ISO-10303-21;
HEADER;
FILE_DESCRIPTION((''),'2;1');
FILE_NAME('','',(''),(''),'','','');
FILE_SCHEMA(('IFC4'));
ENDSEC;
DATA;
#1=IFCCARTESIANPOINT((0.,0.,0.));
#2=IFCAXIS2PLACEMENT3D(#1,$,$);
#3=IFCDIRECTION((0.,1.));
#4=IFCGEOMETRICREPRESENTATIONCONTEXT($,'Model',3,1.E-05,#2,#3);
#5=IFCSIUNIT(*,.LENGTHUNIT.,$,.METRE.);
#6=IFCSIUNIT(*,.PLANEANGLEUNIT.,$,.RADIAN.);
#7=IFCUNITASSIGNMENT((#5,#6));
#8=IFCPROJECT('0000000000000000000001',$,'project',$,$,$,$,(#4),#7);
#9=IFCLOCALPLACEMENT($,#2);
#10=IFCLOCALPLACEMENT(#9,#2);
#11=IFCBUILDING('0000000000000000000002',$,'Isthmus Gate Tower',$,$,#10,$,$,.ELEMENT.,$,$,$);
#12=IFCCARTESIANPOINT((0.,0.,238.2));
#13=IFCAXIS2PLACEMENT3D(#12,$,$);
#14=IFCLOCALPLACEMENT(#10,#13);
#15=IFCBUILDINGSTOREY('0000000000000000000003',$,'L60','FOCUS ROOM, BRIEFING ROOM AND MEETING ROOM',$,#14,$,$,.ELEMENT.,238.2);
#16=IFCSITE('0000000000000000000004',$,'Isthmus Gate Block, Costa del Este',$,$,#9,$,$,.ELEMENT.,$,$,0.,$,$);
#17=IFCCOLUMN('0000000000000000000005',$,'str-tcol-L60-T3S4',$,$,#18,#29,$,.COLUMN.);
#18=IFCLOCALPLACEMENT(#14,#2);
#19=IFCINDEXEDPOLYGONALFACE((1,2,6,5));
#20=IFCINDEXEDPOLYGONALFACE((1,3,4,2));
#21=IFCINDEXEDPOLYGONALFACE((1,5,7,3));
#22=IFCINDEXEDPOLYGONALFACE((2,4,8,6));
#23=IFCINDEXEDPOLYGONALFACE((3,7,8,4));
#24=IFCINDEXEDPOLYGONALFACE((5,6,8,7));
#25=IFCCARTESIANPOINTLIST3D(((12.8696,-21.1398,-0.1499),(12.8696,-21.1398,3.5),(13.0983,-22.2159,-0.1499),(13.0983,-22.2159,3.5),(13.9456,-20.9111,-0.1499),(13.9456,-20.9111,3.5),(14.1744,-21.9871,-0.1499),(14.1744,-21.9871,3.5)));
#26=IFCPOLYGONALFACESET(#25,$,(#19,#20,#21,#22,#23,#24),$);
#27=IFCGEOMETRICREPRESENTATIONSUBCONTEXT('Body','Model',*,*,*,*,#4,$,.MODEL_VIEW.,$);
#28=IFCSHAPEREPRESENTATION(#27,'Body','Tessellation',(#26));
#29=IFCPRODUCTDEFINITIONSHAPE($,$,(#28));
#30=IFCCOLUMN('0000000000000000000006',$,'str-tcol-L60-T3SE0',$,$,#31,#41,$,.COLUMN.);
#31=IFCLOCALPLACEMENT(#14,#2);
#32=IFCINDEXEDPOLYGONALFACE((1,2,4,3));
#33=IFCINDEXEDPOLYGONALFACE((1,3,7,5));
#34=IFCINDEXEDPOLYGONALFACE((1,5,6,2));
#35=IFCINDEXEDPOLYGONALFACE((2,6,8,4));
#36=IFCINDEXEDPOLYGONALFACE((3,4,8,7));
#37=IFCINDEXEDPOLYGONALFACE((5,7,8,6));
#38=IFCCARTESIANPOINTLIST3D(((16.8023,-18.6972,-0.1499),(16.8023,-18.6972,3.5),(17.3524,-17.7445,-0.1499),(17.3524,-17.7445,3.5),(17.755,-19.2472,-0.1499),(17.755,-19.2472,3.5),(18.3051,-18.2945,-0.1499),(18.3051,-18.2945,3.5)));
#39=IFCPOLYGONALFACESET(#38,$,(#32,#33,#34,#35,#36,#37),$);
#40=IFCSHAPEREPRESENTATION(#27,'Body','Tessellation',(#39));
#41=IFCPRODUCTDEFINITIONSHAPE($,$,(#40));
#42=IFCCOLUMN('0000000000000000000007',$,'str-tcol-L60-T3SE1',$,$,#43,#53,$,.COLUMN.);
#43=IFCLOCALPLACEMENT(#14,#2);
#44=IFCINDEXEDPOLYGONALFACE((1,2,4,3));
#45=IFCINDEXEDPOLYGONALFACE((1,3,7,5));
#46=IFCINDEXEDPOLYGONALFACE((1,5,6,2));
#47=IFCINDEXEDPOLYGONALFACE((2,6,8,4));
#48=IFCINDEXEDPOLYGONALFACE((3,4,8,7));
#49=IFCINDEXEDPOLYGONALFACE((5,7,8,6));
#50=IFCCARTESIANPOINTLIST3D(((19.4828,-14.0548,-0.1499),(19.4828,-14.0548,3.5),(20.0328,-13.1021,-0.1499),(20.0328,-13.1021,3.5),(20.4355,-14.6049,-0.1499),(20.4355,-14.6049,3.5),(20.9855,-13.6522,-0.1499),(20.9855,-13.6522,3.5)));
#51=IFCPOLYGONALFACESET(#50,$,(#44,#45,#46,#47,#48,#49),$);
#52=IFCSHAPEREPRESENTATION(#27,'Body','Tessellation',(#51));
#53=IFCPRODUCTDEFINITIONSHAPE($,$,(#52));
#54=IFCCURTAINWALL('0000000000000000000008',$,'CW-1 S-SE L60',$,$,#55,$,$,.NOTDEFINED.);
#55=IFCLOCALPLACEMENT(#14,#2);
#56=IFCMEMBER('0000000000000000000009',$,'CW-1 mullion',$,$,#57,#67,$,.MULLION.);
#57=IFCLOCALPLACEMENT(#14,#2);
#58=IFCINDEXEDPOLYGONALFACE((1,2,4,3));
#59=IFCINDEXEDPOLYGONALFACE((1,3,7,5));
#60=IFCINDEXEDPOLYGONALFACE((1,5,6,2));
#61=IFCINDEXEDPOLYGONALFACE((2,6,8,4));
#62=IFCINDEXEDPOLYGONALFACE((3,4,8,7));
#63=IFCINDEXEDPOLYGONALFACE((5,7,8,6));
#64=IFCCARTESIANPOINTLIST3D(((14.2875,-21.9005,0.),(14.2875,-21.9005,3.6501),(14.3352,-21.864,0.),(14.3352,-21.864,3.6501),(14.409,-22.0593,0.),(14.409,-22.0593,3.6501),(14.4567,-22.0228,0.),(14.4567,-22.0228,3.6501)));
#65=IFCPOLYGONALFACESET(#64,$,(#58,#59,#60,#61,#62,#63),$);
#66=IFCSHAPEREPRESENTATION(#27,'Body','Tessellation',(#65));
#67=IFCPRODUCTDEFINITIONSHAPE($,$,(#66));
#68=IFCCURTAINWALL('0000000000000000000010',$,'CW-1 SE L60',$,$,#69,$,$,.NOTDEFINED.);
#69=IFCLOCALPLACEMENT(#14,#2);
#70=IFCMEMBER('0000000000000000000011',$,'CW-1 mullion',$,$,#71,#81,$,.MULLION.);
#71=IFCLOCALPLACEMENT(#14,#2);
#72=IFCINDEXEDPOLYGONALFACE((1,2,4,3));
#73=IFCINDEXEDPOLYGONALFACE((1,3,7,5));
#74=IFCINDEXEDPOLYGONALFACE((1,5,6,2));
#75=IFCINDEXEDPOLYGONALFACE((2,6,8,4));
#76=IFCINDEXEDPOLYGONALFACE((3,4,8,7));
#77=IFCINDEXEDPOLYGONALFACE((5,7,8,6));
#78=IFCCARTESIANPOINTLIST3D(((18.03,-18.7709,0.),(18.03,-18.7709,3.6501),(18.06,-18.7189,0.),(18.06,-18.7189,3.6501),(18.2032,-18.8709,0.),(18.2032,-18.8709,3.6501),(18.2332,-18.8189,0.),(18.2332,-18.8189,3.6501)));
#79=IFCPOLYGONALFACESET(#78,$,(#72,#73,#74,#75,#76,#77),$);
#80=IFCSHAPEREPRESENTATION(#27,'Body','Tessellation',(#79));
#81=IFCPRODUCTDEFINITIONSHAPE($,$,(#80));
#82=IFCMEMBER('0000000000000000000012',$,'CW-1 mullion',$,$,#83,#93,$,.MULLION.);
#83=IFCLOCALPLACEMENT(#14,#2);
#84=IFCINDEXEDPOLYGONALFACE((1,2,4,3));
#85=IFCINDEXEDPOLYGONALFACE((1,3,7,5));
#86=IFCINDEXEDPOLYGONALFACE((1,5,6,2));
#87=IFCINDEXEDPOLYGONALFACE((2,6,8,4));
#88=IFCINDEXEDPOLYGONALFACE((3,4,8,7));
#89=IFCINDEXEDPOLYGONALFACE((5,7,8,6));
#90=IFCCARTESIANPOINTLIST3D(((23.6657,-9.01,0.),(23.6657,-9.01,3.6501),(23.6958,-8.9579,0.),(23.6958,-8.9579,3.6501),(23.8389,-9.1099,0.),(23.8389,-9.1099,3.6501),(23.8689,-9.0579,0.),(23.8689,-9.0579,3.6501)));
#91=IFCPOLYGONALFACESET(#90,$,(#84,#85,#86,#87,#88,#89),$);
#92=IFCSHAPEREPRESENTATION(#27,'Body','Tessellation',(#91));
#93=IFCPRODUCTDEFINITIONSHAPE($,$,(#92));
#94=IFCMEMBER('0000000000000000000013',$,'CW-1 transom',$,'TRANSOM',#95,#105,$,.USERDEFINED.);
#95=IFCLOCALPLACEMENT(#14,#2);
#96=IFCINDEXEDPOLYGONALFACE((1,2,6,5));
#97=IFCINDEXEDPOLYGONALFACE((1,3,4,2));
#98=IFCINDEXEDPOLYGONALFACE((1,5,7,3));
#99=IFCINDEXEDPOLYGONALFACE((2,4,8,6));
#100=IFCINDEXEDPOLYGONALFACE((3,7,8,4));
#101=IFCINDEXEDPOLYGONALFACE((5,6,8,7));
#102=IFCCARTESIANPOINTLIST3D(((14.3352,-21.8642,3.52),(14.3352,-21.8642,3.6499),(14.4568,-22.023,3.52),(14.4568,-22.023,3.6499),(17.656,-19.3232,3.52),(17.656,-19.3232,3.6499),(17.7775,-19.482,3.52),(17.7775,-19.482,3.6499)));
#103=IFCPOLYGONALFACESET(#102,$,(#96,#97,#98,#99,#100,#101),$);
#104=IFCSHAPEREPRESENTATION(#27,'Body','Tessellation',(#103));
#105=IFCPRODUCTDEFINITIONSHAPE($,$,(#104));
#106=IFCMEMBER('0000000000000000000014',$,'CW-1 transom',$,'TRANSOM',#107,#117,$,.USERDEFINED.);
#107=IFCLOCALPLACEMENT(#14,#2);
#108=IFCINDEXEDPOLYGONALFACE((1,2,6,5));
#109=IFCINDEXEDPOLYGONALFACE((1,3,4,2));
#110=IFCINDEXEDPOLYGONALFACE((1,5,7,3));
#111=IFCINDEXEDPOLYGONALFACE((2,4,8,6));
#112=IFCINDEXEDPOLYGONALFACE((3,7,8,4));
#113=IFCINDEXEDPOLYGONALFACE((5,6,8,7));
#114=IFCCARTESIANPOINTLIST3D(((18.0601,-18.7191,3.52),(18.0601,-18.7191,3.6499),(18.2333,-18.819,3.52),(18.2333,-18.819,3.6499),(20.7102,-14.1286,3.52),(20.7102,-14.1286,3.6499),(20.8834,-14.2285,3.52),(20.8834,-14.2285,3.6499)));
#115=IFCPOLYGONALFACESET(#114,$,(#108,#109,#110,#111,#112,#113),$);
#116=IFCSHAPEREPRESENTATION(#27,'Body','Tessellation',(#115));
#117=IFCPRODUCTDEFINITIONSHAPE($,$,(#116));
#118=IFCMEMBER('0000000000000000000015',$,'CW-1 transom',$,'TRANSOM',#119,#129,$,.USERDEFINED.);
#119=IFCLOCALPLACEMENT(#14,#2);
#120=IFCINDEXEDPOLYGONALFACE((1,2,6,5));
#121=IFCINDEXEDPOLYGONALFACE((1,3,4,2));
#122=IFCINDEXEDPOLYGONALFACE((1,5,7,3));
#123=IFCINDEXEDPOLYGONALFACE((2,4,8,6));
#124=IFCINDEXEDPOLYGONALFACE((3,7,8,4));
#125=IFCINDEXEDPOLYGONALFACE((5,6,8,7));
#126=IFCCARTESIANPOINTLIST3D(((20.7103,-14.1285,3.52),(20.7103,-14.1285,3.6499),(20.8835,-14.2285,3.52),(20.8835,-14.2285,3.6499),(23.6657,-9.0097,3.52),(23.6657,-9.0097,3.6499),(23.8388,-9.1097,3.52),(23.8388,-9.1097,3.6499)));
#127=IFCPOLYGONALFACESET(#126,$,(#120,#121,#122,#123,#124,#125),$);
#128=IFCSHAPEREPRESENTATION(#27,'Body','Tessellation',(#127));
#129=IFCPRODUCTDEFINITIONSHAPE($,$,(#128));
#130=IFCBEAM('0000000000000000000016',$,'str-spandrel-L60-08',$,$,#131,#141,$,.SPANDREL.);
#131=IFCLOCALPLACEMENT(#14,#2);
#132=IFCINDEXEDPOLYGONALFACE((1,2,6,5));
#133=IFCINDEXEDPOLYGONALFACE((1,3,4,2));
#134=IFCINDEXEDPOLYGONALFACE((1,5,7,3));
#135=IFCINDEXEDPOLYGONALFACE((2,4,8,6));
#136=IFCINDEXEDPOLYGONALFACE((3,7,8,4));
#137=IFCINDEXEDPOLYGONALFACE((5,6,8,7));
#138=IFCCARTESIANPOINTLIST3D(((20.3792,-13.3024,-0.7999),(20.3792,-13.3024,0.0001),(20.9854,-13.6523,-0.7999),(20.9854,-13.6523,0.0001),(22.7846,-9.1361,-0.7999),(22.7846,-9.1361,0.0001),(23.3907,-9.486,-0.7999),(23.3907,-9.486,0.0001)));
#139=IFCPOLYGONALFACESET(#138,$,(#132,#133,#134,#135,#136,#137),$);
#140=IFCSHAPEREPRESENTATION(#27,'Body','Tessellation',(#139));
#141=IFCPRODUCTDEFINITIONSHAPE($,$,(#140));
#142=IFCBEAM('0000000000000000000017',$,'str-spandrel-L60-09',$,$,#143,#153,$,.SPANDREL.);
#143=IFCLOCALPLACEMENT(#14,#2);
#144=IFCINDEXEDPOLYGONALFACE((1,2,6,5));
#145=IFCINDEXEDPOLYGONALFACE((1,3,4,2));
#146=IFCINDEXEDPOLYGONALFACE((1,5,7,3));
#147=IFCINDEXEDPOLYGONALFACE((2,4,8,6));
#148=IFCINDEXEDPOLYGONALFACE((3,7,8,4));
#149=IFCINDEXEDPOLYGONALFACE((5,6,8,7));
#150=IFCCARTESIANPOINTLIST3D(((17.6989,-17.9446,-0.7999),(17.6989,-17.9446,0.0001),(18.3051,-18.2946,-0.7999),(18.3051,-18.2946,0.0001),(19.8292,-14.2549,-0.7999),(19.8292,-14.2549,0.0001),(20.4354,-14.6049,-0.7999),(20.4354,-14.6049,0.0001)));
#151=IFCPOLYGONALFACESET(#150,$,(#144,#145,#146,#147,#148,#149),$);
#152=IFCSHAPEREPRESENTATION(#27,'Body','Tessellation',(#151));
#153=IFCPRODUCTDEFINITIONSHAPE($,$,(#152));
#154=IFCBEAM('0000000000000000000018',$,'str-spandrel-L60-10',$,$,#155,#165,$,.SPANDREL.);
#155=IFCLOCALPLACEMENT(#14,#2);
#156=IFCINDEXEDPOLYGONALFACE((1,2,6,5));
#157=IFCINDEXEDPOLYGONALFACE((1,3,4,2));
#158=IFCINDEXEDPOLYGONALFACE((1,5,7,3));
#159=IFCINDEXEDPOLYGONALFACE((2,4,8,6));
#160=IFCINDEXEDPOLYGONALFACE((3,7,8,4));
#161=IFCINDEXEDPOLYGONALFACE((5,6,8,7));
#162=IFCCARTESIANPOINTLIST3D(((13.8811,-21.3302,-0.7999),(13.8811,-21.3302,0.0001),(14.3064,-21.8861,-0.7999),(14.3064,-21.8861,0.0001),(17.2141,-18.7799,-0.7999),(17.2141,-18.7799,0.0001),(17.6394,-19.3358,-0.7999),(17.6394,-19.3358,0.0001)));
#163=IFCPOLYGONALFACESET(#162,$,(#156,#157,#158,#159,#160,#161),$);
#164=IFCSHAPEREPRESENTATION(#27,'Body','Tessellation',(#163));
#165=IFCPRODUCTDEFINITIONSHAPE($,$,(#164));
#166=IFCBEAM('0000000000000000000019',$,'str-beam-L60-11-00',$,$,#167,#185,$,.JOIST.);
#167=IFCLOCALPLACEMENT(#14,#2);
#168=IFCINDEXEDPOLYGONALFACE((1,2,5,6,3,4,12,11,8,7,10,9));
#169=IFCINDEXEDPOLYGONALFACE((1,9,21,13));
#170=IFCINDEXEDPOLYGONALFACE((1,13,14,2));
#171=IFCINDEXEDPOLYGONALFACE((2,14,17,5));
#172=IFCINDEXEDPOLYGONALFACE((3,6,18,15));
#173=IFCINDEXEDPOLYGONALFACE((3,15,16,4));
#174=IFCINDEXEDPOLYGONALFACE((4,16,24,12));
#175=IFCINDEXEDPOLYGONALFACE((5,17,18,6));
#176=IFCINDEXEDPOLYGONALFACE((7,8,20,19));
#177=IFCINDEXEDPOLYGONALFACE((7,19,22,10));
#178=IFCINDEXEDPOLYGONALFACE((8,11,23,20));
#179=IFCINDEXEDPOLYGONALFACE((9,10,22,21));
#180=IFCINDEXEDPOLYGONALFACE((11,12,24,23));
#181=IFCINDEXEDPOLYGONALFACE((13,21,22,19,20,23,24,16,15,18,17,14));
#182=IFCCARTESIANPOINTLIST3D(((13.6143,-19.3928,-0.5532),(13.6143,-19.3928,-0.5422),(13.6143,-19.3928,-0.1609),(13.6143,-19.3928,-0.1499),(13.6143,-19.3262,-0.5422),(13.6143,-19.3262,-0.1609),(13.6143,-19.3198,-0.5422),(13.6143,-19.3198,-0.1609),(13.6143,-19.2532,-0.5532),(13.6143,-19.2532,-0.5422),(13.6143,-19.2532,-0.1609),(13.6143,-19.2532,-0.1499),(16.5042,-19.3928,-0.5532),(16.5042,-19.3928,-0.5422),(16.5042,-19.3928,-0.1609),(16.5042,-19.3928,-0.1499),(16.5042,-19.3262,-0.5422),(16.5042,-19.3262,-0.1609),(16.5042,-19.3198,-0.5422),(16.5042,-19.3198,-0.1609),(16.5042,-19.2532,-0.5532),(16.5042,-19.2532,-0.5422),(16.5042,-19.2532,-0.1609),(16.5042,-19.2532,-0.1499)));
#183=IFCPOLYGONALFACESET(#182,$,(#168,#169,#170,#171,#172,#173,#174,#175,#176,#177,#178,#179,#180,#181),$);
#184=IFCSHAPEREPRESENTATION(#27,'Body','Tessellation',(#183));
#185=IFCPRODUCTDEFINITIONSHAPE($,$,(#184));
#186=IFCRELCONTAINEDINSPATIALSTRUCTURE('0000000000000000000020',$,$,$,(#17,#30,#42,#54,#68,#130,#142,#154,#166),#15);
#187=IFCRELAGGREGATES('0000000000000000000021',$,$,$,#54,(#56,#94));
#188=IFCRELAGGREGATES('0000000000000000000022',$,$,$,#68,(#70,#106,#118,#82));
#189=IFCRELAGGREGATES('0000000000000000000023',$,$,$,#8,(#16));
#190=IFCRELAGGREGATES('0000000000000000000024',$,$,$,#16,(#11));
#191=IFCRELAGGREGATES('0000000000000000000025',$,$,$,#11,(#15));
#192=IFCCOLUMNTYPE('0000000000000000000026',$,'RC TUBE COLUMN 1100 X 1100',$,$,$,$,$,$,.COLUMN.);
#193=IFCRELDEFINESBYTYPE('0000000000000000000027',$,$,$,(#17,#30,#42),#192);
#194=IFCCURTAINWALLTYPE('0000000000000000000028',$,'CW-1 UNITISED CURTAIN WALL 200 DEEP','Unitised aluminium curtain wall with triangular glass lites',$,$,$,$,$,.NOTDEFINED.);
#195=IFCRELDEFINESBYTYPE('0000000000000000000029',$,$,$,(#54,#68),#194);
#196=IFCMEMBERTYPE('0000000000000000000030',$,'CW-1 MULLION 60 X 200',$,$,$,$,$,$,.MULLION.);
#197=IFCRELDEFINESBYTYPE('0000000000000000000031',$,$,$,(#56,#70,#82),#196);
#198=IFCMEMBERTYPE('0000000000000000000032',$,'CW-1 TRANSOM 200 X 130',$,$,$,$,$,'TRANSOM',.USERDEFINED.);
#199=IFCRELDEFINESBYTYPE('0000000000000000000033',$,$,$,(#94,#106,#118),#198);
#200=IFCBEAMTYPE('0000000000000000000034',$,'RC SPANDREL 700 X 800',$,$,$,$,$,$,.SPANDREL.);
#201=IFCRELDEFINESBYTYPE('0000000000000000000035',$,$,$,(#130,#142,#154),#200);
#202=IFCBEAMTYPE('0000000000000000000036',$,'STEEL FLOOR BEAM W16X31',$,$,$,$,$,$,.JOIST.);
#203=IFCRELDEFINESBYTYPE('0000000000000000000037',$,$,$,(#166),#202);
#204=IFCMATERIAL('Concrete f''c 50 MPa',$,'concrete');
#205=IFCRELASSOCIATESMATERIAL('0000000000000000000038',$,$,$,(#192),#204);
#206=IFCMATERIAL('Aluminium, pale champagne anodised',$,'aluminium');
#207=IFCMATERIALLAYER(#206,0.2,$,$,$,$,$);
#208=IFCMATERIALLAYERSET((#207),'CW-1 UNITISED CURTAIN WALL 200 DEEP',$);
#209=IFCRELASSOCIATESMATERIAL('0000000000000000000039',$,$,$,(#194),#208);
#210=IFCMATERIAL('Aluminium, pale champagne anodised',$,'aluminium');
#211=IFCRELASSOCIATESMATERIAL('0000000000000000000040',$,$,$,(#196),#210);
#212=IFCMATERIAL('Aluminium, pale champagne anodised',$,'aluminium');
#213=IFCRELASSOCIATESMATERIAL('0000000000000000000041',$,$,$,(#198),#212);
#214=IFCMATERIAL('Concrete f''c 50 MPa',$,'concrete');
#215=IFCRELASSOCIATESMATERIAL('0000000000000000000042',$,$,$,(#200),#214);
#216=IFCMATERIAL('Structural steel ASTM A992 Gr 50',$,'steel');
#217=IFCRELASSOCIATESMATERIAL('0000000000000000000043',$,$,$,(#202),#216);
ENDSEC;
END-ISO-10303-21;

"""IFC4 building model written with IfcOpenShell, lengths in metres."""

from ifc_helpers import new_model, si_unit, direction, frame, origin, origin_2d, place, context, subcontext, project, spatial, rectangle, i_section, extrude, material, layer, layer_set, material_profile, profile_set, type_object, element, aggregate, save


model = new_model("IFC4")

# Units and contexts
model_context = context("Model", 3, precision=1e-05, world=origin(), true_north=direction((0.0, 1.0)))
body_context = subcontext(model_context, "Body", "Model", "MODEL_VIEW")
ifc_project = project(units=[si_unit("LENGTHUNIT", "METRE"), si_unit("PLANEANGLEUNIT", "RADIAN")], contexts=[model_context])

# Site, building, storey
site_placement = place(None, origin())
site = spatial("IfcSite", under=ifc_project, at=site_placement, Name="Isthmus Gate Block, Costa del Este", CompositionType="ELEMENT", RefElevation=0.0)
building_placement = place(site_placement, origin())
building = spatial("IfcBuilding", under=site, at=building_placement, Name="Isthmus Gate Tower", CompositionType="ELEMENT")
storey_placement = place(building_placement, frame((0.0, 0.0, 238.2)))
storey = spatial("IfcBuildingStorey", under=building, at=storey_placement, Name="L60", Description="FOCUS ROOM, BRIEFING ROOM AND MEETING ROOM", CompositionType="ELEMENT", Elevation=238.2)

# Columns
ifc_material_1 = material(Name="Concrete f'c 50 MPa", Category="concrete")
ifc_material_profile_1 = material_profile(ifc_material_1, rectangle(XDim=1.1001, YDim=1.1001, at=origin_2d()), Name="RC 1100X1100")
ifc_profile_set_1 = profile_set([ifc_material_profile_1], Name="Concrete f'c 50 MPa")
column_type = type_object("IfcColumnType", Name="RC TUBE COLUMN 1100 X 1100", PredefinedType="COLUMN", material=ifc_profile_set_1)
for number, where, z_axis, x_axis, name in (
    (1, (13.522, -21.5635, -0.1499), (0.0, 0.0, 1.0), (0.978148, 0.207912, 0.0), "str-tcol-L60-T3S4"),
    (2, (17.5537, -18.4958, -0.1499), (0.0, 0.0, 1.0), (0.5, 0.866025, 0.0), "str-tcol-L60-T3SE0"),
    (3, (20.2341, -13.8535, -0.1499), (0.0, 0.0, 1.0), (0.5, 0.866025, 0.0), "str-tcol-L60-T3SE1"),
):
    element("IfcColumn", number, at=place(storey_placement, frame(where, z_axis=z_axis, x_axis=x_axis)), inside=storey, type_object=column_type, Name=name, PredefinedType="COLUMN", context=body_context, shape_type="SweptSolid", body=[
        extrude(rectangle(XDim=1.1001, YDim=1.1001, at=origin_2d()), origin(), (0.0, 0.0, 1.0), 3.6499),
    ])

# Curtain wall, member
ifc_material_2 = material(Name="Aluminium, pale champagne anodised", Category="aluminium")
ifc_layer_1 = layer(ifc_material_2, 0.2)
ifc_layer_set_1 = layer_set([ifc_layer_1], Name="CW-1 UNITISED CURTAIN WALL 200 DEEP")
curtain_wall_type = type_object("IfcCurtainWallType", Name="CW-1 UNITISED CURTAIN WALL 200 DEEP", Description="Unitised aluminium curtain wall with triangular glass lites", PredefinedType="NOTDEFINED", material=ifc_layer_set_1)
curtain_wall_1_placement = place(storey_placement, origin())
curtain_wall_1 = element("IfcCurtainWall", 4, at=curtain_wall_1_placement, inside=storey, type_object=curtain_wall_type, Name="CW-1 S-SE L60", PredefinedType="NOTDEFINED")
ifc_material_3 = material(Name="Aluminium, pale champagne anodised", Category="aluminium")
ifc_material_profile_2 = material_profile(ifc_material_3, rectangle(XDim=0.0601, YDim=0.2, at=origin_2d()), Name="60x200")
ifc_profile_set_2 = profile_set([ifc_material_profile_2], Name="Aluminium, pale champagne anodised")
member_type_1 = type_object("IfcMemberType", Name="CW-1 MULLION 60 X 200", PredefinedType="MULLION", material=ifc_profile_set_2)
member_1_placement = place(storey_placement, frame((14.3721, -21.9617, 0.0), z_axis=(0.0, 0.0, 1.0), x_axis=(0.794189, 0.607671, 0.0)))
member_1 = element("IfcMember", 5, at=member_1_placement, type_object=member_type_1, Name="CW-1 mullion", PredefinedType="MULLION", context=body_context, shape_type="SweptSolid", body=[
    extrude(rectangle(XDim=0.0601, YDim=0.2, at=origin_2d()), origin(), (0.0, 0.0, 1.0), 3.6501),
])

# Curtain wall, members
curtain_wall_2_placement = place(storey_placement, origin())
curtain_wall_2 = element("IfcCurtainWall", 6, at=curtain_wall_2_placement, inside=storey, type_object=curtain_wall_type, Name="CW-1 SE L60", PredefinedType="NOTDEFINED")
member_2_placement = place(storey_placement, frame((18.1316, -18.7949, 0.0), z_axis=(0.0, 0.0, 1.0), x_axis=(0.5, 0.866025, 0.0)))
member_2 = element("IfcMember", 7, at=member_2_placement, type_object=member_type_1, Name="CW-1 mullion", PredefinedType="MULLION", context=body_context, shape_type="SweptSolid", body=[
    extrude(rectangle(XDim=0.0601, YDim=0.2, at=origin_2d()), origin(), (0.0, 0.0, 1.0), 3.6501),
])
member_3_placement = place(storey_placement, frame((23.7673, -9.0339, 0.0), z_axis=(0.0, 0.0, 1.0), x_axis=(0.5, 0.866025, 0.0)))
member_3 = element("IfcMember", 8, at=member_3_placement, type_object=member_type_1, Name="CW-1 mullion", PredefinedType="MULLION", context=body_context, shape_type="SweptSolid", body=[
    extrude(rectangle(XDim=0.0601, YDim=0.2, at=origin_2d()), origin(), (0.0, 0.0, 1.0), 3.6501),
])

# Members
ifc_material_4 = material(Name="Aluminium, pale champagne anodised", Category="aluminium")
ifc_material_profile_3 = material_profile(ifc_material_4, rectangle(XDim=0.2, YDim=0.1299, at=origin_2d()), Name="200x130")
ifc_profile_set_3 = profile_set([ifc_material_profile_3], Name="Aluminium, pale champagne anodised")
member_type_2 = type_object("IfcMemberType", Name="CW-1 TRANSOM 200 X 130", ElementType="TRANSOM", PredefinedType="USERDEFINED", material=ifc_profile_set_3)
member_4_placement = place(storey_placement, frame((14.396, -21.9436, 3.585), z_axis=(0.794175, 0.607688, 0.0), x_axis=(-0.607688, 0.794175, 0.0)))
member_4 = element("IfcMember", 9, at=member_4_placement, type_object=member_type_2, Name="CW-1 transom", ObjectType="TRANSOM", PredefinedType="USERDEFINED", context=body_context, shape_type="SweptSolid", body=[
    extrude(rectangle(XDim=0.2, YDim=0.1299, at=origin_2d()), origin(), (0.0, 0.0, 1.0), 4.1814),
])
member_5_placement = place(storey_placement, frame((18.1467, -18.769, 3.585), z_axis=(0.499968, 0.866044, 0.0), x_axis=(-0.866044, 0.499968, 0.0)))
member_5 = element("IfcMember", 10, at=member_5_placement, type_object=member_type_2, Name="CW-1 transom", ObjectType="TRANSOM", PredefinedType="USERDEFINED", context=body_context, shape_type="SweptSolid", body=[
    extrude(rectangle(XDim=0.2, YDim=0.1299, at=origin_2d()), origin(), (0.0, 0.0, 1.0), 5.3005),
])
member_6_placement = place(storey_placement, frame((20.7969, -14.1785, 3.585), z_axis=(0.500008, 0.86602, 0.0), x_axis=(-0.86602, 0.500008, 0.0)))
member_6 = element("IfcMember", 11, at=member_6_placement, type_object=member_type_2, Name="CW-1 transom", ObjectType="TRANSOM", PredefinedType="USERDEFINED", context=body_context, shape_type="SweptSolid", body=[
    extrude(rectangle(XDim=0.2, YDim=0.1299, at=origin_2d()), origin(), (0.0, 0.0, 1.0), 5.9106),
])

# Beams
ifc_material_5 = material(Name="Concrete f'c 50 MPa", Category="concrete")
ifc_material_profile_4 = material_profile(ifc_material_5, rectangle(XDim=0.7, YDim=0.8, at=origin_2d()), Name="RC 700X800")
ifc_profile_set_4 = profile_set([ifc_material_profile_4], Name="Concrete f'c 50 MPa")
beam_type_1 = type_object("IfcBeamType", Name="RC SPANDREL 700 X 800", PredefinedType="SPANDREL", material=ifc_profile_set_4)
beam_1_placement = place(storey_placement, frame((23.0876, -9.311, -0.3999), z_axis=(-0.499982, -0.866036, 0.0), x_axis=(0.866036, -0.499982, 0.0)))
element("IfcBeam", 12, at=beam_1_placement, inside=storey, type_object=beam_type_1, Name="str-spandrel-L60-08", PredefinedType="SPANDREL", context=body_context, shape_type="SweptSolid", body=[
    extrude(rectangle(XDim=0.7, YDim=0.8, at=origin_2d()), origin(), (0.0, 0.0, 1.0), 4.8108),
])
beam_2_placement = place(storey_placement, frame((20.1323, -14.4299, -0.3999), z_axis=(-0.500022, -0.866013, 0.0), x_axis=(0.866013, -0.500022, 0.0)))
element("IfcBeam", 13, at=beam_2_placement, inside=storey, type_object=beam_type_1, Name="str-spandrel-L60-09", PredefinedType="SPANDREL", context=body_context, shape_type="SweptSolid", body=[
    extrude(rectangle(XDim=0.7, YDim=0.8, at=origin_2d()), origin(), (0.0, 0.0, 1.0), 4.2605),
])
beam_3_placement = place(storey_placement, frame((17.4268, -19.0579, -0.3999), z_axis=(-0.794183, -0.607679, 0.0), x_axis=(0.607679, -0.794183, 0.0)))
element("IfcBeam", 14, at=beam_3_placement, inside=storey, type_object=beam_type_1, Name="str-spandrel-L60-10", PredefinedType="SPANDREL", context=body_context, shape_type="SweptSolid", body=[
    extrude(rectangle(XDim=0.7, YDim=0.8, at=origin_2d()), origin(), (0.0, 0.0, 1.0), 4.1968),
])
ifc_material_6 = material(Name="Structural steel ASTM A992 Gr 50", Category="steel")
ifc_material_profile_5 = material_profile(ifc_material_6, i_section(OverallWidth=0.1396, OverallDepth=0.4033, WebThickness=0.0063, FlangeThickness=0.011, at=origin_2d()), Name="W16X31")
ifc_profile_set_5 = profile_set([ifc_material_profile_5], Name="Structural steel ASTM A992 Gr 50")
beam_type_2 = type_object("IfcBeamType", Name="STEEL FLOOR BEAM W16X31", PredefinedType="JOIST", material=ifc_profile_set_5)
beam_4_placement = place(storey_placement, frame((13.6143, -19.323, -0.3516), z_axis=(1.0, 0.0, 0.0), x_axis=(0.0, 1.0, 0.0)))
element("IfcBeam", 15, at=beam_4_placement, inside=storey, type_object=beam_type_2, Name="str-beam-L60-11-00", PredefinedType="JOIST", context=body_context, shape_type="SweptSolid", body=[
    extrude(i_section(OverallWidth=0.1396, OverallDepth=0.4033, WebThickness=0.0063, FlangeThickness=0.011, at=origin_2d()), origin(), (0.0, 0.0, 1.0), 2.8899),
])

aggregate(curtain_wall_1, [member_1, member_4])
aggregate(curtain_wall_2, [member_2, member_5, member_6, member_3])

save(model, "model.ifc")
